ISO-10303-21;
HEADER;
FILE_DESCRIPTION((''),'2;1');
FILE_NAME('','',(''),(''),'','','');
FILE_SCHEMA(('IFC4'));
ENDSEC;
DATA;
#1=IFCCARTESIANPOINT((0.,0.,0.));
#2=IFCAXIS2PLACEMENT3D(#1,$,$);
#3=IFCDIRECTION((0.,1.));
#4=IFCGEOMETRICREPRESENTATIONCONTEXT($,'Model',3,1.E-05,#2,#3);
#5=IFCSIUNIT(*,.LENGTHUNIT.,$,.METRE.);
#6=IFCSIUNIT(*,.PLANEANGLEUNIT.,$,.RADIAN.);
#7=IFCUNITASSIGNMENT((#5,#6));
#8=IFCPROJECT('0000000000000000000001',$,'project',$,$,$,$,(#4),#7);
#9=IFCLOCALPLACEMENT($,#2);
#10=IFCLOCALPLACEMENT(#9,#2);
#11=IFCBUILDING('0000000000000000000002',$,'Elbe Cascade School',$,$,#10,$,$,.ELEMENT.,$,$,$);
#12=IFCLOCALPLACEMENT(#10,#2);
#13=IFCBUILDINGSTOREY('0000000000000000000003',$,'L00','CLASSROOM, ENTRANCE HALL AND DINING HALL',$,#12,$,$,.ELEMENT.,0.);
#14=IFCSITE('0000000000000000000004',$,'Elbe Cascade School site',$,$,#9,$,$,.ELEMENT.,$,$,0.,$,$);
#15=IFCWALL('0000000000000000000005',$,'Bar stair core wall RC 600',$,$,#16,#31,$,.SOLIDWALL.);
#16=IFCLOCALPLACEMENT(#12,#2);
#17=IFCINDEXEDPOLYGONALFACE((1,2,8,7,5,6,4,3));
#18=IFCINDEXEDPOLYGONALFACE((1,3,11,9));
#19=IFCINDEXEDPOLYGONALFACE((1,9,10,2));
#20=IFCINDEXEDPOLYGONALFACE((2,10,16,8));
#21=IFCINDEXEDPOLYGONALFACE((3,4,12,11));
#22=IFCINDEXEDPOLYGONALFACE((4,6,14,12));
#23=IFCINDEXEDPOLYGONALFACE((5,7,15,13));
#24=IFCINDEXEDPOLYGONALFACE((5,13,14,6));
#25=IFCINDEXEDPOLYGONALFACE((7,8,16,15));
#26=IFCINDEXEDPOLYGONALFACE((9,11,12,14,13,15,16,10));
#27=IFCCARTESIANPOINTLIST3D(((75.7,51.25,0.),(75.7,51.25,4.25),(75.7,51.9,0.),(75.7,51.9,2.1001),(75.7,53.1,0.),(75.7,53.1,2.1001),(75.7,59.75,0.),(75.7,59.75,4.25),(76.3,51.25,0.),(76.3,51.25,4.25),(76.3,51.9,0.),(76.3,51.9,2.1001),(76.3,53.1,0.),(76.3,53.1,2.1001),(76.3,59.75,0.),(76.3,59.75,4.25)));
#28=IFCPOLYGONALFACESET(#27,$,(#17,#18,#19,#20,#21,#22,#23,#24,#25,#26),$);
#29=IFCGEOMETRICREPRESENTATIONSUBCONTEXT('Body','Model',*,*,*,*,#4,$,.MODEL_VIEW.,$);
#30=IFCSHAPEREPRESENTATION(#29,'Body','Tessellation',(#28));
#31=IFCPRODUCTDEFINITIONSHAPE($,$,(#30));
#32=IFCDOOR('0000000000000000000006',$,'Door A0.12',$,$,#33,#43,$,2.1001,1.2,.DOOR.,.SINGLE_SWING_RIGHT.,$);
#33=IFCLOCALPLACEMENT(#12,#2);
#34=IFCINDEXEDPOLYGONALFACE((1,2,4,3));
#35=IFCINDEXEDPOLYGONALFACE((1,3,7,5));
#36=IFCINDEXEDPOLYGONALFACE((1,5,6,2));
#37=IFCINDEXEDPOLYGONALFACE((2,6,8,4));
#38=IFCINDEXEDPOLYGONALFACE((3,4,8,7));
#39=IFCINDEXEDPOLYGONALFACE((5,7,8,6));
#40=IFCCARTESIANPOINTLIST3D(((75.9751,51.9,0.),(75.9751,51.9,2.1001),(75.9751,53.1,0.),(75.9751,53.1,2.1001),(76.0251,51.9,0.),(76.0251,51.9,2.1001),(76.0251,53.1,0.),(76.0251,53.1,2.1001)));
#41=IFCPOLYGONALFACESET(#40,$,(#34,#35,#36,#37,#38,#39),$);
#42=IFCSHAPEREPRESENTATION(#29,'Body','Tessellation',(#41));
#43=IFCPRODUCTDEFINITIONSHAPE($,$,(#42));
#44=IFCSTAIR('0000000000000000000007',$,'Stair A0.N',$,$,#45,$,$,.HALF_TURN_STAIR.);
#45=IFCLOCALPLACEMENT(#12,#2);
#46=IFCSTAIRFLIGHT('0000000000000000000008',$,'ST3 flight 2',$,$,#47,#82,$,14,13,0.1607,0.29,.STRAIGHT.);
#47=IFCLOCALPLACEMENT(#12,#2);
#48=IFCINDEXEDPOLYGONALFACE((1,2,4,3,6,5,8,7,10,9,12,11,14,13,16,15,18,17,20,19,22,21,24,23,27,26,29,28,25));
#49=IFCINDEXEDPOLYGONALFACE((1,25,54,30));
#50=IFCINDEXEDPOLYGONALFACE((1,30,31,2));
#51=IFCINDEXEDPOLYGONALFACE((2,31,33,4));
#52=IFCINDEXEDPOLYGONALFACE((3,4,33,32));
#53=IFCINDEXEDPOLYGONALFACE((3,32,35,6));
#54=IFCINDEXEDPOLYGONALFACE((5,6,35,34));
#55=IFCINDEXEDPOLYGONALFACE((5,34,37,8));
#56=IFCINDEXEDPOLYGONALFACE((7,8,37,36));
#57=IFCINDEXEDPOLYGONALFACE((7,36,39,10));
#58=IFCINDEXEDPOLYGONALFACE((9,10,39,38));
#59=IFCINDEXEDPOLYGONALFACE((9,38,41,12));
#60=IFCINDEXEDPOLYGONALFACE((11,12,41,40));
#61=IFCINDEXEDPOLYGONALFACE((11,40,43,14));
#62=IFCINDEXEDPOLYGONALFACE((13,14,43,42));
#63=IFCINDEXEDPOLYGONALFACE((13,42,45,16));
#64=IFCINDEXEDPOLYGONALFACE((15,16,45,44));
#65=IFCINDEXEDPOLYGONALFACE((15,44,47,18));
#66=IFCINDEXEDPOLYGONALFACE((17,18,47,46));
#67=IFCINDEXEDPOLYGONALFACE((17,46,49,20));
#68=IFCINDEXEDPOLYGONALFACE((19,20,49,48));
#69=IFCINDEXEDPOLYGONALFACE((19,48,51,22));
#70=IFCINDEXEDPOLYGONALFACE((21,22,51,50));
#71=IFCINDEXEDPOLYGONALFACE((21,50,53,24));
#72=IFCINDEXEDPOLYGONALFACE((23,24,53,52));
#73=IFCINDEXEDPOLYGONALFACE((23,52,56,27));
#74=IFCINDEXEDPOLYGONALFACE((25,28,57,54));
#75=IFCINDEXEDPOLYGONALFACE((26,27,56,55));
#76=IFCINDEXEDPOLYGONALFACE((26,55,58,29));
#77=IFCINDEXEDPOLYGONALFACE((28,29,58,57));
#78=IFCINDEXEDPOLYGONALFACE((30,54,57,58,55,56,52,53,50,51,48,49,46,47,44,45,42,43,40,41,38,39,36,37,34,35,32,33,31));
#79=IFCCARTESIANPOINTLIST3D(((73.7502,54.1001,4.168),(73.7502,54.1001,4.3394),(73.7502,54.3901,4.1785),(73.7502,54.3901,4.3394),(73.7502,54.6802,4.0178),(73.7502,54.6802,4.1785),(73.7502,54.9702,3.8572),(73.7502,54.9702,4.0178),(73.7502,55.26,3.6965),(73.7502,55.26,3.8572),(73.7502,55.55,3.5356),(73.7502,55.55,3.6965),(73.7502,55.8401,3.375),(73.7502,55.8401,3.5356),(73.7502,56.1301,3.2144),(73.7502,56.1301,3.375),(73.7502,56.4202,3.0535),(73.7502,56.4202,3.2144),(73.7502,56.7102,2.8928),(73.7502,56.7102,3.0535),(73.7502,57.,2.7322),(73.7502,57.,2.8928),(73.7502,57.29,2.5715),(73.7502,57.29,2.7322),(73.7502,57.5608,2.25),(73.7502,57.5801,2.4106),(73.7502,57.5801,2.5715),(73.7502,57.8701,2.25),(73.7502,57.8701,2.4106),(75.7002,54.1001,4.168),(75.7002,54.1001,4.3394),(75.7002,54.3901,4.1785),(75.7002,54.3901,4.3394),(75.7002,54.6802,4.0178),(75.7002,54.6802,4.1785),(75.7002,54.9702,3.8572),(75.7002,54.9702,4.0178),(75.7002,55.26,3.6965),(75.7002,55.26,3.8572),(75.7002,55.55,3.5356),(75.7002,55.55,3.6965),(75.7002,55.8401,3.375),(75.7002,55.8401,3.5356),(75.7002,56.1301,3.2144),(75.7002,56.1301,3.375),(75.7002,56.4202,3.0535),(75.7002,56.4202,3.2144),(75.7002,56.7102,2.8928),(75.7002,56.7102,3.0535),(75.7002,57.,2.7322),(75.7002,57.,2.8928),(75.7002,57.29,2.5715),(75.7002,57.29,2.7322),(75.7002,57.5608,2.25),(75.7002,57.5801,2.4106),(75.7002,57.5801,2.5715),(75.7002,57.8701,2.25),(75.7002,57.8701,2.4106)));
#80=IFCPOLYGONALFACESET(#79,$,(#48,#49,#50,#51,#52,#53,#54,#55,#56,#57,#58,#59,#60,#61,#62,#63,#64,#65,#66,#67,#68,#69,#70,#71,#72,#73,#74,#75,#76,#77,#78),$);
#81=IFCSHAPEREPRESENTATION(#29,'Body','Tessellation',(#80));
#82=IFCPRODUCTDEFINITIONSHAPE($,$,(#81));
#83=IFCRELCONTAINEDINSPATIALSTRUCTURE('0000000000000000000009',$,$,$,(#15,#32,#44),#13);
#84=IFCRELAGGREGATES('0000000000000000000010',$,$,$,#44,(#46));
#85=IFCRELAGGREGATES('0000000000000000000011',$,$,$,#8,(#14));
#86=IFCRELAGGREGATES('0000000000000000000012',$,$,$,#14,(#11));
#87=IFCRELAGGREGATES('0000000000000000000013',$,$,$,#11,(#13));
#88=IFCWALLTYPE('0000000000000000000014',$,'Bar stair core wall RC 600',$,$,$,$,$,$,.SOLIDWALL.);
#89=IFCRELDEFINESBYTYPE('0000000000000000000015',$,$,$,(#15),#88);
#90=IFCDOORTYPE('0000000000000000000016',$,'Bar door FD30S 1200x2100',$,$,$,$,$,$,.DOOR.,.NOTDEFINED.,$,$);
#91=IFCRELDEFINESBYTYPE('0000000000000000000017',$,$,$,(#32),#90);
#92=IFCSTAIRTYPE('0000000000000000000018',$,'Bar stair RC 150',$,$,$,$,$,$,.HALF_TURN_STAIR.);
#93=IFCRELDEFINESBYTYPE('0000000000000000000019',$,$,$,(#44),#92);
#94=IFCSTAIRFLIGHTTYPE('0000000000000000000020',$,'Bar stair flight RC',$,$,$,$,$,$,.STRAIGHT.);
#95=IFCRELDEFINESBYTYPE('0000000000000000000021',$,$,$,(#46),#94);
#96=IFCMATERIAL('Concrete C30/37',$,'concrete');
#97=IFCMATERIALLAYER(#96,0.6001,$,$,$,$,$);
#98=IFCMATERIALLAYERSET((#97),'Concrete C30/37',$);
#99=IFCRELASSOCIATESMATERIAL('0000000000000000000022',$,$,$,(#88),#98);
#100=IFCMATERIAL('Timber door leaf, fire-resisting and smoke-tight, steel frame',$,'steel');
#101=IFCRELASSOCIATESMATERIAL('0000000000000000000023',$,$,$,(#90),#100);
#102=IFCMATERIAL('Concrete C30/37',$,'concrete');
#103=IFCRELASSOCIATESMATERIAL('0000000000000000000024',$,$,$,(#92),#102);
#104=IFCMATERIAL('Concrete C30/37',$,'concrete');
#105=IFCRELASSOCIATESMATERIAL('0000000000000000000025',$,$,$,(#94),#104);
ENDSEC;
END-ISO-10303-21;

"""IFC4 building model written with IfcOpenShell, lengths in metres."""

from ifc_helpers import new_model, si_unit, direction, frame, frame_2d, origin, place, context, subcontext, project, spatial, polyline, rectangle, outline, extrude, material, layer, layer_set, type_object, element, fill, aggregate, save


model = new_model("IFC4")

# Units and contexts
model_context = context("Model", 3, precision=1e-05, world=origin(), true_north=direction((0.0, 1.0)))
body_context = subcontext(model_context, "Body", "Model", "MODEL_VIEW")
ifc_project = project(units=[si_unit("LENGTHUNIT", "METRE"), si_unit("PLANEANGLEUNIT", "RADIAN")], contexts=[model_context])

# Site, building, storey
site_placement = place(None, origin())
site = spatial("IfcSite", under=ifc_project, at=site_placement, Name="Elbe Cascade School site", CompositionType="ELEMENT", RefElevation=0.0)
building_placement = place(site_placement, origin())
building = spatial("IfcBuilding", under=site, at=building_placement, Name="Elbe Cascade School", CompositionType="ELEMENT")
storey_placement = place(building_placement, origin())
storey = spatial("IfcBuildingStorey", under=building, at=storey_placement, Name="L00", Description="CLASSROOM, ENTRANCE HALL AND DINING HALL", CompositionType="ELEMENT", Elevation=0.0)

# Wall, opening, door
ifc_material_1 = material(Name="Concrete C30/37", Category="concrete")
ifc_layer_1 = layer(ifc_material_1, 0.6001)
ifc_layer_set_1 = layer_set([ifc_layer_1], Name="Concrete C30/37")
wall_type = type_object("IfcWallType", Name="Bar stair core wall RC 600", PredefinedType="SOLIDWALL", material=ifc_layer_set_1)
wall_placement = place(storey_placement, frame((76.0, 51.25, 0.0), z_axis=(0.0, 0.0, 1.0), x_axis=(0.0, 1.0, 0.0)))
wall = element("IfcWall", 1, at=wall_placement, inside=storey, type_object=wall_type, Name="Bar stair core wall RC 600", PredefinedType="SOLIDWALL", context=body_context, shape_type="SweptSolid", body=[
    extrude(rectangle(XDim=8.5, YDim=0.6001, at=frame_2d((4.25, 0.0))), origin(), (0.0, 0.0, 1.0), 4.25),
])
opening_placement = place(wall_placement, frame((0.6499, 0.0, 0.0)))
opening = element("IfcOpeningElement", 2, at=opening_placement, cuts=wall, PredefinedType="OPENING", context=body_context, shape_type="SweptSolid", body=[
    extrude(rectangle(XDim=1.2, YDim=2.1001, at=frame_2d((0.6001, 1.05))), frame((0.0, 0.3101, 0.0), z_axis=(0.0, -1.0, 0.0), x_axis=(1.0, 0.0, 0.0)), (0.0, 0.0, 1.0), 0.6201),
])
ifc_material_2 = material(Name="Timber door leaf, fire-resisting and smoke-tight, steel frame", Category="steel")
door_type = type_object("IfcDoorType", Name="Bar door FD30S 1200x2100", OperationType="NOTDEFINED", PredefinedType="DOOR", material=ifc_material_2)
door_placement = place(opening_placement, origin())
door = element("IfcDoor", 3, at=door_placement, inside=storey, type_object=door_type, Name="Door A0.12", OperationType="SINGLE_SWING_RIGHT", OverallHeight=2.1001, OverallWidth=1.2, PredefinedType="DOOR", context=body_context, shape_type="SweptSolid", body=[
    extrude(rectangle(XDim=1.2, YDim=2.1001, at=frame_2d((0.6001, 1.05))), frame((0.0, 0.0249, 0.0), z_axis=(0.0, -1.0, 0.0), x_axis=(1.0, 0.0, 0.0)), (0.0, 0.0, 1.0), 0.05),
])
fill(opening, door)

# Stair, stair flight
ifc_material_3 = material(Name="Concrete C30/37", Category="concrete")
stair_type = type_object("IfcStairType", Name="Bar stair RC 150", PredefinedType="HALF_TURN_STAIR", material=ifc_material_3)
stair_placement = place(storey_placement, origin())
stair = element("IfcStair", 4, at=stair_placement, inside=storey, type_object=stair_type, Name="Stair A0.N", PredefinedType="HALF_TURN_STAIR")
ifc_material_4 = material(Name="Concrete C30/37", Category="concrete")
stair_flight_type = type_object("IfcStairFlightType", Name="Bar stair flight RC", PredefinedType="STRAIGHT", material=ifc_material_4)
stair_flight_placement = place(storey_placement, frame((74.7251, 57.8701, 2.25), z_axis=(0.0, 0.0, 1.0), x_axis=(0.0, -1.0, 0.0)))
stair_flight = element("IfcStairFlight", 5, at=stair_flight_placement, type_object=stair_flight_type, Name="ST3 flight 2", NumberOfRisers=14, NumberOfTreads=13, PredefinedType="STRAIGHT", RiserHeight=0.1607, TreadLength=0.29, context=body_context, shape_type="SweptSolid", body=[
    extrude(outline(polyline([(0.0, 0.0), (0.0, 0.1606), (0.29, 0.1606), (0.29, 0.3215), (0.5801, 0.3215), (0.5801, 0.4822), (0.8701, 0.4822), (0.8701, 0.6428), (1.1599, 0.6428), (1.1599, 0.8035), (1.45, 0.8035), (1.45, 0.9644), (1.74, 0.9644), (1.74, 1.125), (2.03, 1.125), (2.03, 1.2856), (2.3201, 1.2856), (2.3201, 1.4465), (2.6101, 1.4465), (2.6101, 1.6072), (2.8999, 1.6072), (2.8999, 1.7678), (3.1899, 1.7678), (3.1899, 1.9285), (3.48, 1.9285), (3.48, 2.0894), (3.77, 2.0894), (3.77, 2.25), (3.77, 1.918), (0.3093, 0.0), (0.0, 0.0)])), frame((0.0, 0.9751, 0.0), z_axis=(0.0, -1.0, 0.0), x_axis=(1.0, 0.0, 0.0)), (0.0, 0.0, 1.0), 1.95),
])
aggregate(stair, [stair_flight])

save(model, "model.ifc")
